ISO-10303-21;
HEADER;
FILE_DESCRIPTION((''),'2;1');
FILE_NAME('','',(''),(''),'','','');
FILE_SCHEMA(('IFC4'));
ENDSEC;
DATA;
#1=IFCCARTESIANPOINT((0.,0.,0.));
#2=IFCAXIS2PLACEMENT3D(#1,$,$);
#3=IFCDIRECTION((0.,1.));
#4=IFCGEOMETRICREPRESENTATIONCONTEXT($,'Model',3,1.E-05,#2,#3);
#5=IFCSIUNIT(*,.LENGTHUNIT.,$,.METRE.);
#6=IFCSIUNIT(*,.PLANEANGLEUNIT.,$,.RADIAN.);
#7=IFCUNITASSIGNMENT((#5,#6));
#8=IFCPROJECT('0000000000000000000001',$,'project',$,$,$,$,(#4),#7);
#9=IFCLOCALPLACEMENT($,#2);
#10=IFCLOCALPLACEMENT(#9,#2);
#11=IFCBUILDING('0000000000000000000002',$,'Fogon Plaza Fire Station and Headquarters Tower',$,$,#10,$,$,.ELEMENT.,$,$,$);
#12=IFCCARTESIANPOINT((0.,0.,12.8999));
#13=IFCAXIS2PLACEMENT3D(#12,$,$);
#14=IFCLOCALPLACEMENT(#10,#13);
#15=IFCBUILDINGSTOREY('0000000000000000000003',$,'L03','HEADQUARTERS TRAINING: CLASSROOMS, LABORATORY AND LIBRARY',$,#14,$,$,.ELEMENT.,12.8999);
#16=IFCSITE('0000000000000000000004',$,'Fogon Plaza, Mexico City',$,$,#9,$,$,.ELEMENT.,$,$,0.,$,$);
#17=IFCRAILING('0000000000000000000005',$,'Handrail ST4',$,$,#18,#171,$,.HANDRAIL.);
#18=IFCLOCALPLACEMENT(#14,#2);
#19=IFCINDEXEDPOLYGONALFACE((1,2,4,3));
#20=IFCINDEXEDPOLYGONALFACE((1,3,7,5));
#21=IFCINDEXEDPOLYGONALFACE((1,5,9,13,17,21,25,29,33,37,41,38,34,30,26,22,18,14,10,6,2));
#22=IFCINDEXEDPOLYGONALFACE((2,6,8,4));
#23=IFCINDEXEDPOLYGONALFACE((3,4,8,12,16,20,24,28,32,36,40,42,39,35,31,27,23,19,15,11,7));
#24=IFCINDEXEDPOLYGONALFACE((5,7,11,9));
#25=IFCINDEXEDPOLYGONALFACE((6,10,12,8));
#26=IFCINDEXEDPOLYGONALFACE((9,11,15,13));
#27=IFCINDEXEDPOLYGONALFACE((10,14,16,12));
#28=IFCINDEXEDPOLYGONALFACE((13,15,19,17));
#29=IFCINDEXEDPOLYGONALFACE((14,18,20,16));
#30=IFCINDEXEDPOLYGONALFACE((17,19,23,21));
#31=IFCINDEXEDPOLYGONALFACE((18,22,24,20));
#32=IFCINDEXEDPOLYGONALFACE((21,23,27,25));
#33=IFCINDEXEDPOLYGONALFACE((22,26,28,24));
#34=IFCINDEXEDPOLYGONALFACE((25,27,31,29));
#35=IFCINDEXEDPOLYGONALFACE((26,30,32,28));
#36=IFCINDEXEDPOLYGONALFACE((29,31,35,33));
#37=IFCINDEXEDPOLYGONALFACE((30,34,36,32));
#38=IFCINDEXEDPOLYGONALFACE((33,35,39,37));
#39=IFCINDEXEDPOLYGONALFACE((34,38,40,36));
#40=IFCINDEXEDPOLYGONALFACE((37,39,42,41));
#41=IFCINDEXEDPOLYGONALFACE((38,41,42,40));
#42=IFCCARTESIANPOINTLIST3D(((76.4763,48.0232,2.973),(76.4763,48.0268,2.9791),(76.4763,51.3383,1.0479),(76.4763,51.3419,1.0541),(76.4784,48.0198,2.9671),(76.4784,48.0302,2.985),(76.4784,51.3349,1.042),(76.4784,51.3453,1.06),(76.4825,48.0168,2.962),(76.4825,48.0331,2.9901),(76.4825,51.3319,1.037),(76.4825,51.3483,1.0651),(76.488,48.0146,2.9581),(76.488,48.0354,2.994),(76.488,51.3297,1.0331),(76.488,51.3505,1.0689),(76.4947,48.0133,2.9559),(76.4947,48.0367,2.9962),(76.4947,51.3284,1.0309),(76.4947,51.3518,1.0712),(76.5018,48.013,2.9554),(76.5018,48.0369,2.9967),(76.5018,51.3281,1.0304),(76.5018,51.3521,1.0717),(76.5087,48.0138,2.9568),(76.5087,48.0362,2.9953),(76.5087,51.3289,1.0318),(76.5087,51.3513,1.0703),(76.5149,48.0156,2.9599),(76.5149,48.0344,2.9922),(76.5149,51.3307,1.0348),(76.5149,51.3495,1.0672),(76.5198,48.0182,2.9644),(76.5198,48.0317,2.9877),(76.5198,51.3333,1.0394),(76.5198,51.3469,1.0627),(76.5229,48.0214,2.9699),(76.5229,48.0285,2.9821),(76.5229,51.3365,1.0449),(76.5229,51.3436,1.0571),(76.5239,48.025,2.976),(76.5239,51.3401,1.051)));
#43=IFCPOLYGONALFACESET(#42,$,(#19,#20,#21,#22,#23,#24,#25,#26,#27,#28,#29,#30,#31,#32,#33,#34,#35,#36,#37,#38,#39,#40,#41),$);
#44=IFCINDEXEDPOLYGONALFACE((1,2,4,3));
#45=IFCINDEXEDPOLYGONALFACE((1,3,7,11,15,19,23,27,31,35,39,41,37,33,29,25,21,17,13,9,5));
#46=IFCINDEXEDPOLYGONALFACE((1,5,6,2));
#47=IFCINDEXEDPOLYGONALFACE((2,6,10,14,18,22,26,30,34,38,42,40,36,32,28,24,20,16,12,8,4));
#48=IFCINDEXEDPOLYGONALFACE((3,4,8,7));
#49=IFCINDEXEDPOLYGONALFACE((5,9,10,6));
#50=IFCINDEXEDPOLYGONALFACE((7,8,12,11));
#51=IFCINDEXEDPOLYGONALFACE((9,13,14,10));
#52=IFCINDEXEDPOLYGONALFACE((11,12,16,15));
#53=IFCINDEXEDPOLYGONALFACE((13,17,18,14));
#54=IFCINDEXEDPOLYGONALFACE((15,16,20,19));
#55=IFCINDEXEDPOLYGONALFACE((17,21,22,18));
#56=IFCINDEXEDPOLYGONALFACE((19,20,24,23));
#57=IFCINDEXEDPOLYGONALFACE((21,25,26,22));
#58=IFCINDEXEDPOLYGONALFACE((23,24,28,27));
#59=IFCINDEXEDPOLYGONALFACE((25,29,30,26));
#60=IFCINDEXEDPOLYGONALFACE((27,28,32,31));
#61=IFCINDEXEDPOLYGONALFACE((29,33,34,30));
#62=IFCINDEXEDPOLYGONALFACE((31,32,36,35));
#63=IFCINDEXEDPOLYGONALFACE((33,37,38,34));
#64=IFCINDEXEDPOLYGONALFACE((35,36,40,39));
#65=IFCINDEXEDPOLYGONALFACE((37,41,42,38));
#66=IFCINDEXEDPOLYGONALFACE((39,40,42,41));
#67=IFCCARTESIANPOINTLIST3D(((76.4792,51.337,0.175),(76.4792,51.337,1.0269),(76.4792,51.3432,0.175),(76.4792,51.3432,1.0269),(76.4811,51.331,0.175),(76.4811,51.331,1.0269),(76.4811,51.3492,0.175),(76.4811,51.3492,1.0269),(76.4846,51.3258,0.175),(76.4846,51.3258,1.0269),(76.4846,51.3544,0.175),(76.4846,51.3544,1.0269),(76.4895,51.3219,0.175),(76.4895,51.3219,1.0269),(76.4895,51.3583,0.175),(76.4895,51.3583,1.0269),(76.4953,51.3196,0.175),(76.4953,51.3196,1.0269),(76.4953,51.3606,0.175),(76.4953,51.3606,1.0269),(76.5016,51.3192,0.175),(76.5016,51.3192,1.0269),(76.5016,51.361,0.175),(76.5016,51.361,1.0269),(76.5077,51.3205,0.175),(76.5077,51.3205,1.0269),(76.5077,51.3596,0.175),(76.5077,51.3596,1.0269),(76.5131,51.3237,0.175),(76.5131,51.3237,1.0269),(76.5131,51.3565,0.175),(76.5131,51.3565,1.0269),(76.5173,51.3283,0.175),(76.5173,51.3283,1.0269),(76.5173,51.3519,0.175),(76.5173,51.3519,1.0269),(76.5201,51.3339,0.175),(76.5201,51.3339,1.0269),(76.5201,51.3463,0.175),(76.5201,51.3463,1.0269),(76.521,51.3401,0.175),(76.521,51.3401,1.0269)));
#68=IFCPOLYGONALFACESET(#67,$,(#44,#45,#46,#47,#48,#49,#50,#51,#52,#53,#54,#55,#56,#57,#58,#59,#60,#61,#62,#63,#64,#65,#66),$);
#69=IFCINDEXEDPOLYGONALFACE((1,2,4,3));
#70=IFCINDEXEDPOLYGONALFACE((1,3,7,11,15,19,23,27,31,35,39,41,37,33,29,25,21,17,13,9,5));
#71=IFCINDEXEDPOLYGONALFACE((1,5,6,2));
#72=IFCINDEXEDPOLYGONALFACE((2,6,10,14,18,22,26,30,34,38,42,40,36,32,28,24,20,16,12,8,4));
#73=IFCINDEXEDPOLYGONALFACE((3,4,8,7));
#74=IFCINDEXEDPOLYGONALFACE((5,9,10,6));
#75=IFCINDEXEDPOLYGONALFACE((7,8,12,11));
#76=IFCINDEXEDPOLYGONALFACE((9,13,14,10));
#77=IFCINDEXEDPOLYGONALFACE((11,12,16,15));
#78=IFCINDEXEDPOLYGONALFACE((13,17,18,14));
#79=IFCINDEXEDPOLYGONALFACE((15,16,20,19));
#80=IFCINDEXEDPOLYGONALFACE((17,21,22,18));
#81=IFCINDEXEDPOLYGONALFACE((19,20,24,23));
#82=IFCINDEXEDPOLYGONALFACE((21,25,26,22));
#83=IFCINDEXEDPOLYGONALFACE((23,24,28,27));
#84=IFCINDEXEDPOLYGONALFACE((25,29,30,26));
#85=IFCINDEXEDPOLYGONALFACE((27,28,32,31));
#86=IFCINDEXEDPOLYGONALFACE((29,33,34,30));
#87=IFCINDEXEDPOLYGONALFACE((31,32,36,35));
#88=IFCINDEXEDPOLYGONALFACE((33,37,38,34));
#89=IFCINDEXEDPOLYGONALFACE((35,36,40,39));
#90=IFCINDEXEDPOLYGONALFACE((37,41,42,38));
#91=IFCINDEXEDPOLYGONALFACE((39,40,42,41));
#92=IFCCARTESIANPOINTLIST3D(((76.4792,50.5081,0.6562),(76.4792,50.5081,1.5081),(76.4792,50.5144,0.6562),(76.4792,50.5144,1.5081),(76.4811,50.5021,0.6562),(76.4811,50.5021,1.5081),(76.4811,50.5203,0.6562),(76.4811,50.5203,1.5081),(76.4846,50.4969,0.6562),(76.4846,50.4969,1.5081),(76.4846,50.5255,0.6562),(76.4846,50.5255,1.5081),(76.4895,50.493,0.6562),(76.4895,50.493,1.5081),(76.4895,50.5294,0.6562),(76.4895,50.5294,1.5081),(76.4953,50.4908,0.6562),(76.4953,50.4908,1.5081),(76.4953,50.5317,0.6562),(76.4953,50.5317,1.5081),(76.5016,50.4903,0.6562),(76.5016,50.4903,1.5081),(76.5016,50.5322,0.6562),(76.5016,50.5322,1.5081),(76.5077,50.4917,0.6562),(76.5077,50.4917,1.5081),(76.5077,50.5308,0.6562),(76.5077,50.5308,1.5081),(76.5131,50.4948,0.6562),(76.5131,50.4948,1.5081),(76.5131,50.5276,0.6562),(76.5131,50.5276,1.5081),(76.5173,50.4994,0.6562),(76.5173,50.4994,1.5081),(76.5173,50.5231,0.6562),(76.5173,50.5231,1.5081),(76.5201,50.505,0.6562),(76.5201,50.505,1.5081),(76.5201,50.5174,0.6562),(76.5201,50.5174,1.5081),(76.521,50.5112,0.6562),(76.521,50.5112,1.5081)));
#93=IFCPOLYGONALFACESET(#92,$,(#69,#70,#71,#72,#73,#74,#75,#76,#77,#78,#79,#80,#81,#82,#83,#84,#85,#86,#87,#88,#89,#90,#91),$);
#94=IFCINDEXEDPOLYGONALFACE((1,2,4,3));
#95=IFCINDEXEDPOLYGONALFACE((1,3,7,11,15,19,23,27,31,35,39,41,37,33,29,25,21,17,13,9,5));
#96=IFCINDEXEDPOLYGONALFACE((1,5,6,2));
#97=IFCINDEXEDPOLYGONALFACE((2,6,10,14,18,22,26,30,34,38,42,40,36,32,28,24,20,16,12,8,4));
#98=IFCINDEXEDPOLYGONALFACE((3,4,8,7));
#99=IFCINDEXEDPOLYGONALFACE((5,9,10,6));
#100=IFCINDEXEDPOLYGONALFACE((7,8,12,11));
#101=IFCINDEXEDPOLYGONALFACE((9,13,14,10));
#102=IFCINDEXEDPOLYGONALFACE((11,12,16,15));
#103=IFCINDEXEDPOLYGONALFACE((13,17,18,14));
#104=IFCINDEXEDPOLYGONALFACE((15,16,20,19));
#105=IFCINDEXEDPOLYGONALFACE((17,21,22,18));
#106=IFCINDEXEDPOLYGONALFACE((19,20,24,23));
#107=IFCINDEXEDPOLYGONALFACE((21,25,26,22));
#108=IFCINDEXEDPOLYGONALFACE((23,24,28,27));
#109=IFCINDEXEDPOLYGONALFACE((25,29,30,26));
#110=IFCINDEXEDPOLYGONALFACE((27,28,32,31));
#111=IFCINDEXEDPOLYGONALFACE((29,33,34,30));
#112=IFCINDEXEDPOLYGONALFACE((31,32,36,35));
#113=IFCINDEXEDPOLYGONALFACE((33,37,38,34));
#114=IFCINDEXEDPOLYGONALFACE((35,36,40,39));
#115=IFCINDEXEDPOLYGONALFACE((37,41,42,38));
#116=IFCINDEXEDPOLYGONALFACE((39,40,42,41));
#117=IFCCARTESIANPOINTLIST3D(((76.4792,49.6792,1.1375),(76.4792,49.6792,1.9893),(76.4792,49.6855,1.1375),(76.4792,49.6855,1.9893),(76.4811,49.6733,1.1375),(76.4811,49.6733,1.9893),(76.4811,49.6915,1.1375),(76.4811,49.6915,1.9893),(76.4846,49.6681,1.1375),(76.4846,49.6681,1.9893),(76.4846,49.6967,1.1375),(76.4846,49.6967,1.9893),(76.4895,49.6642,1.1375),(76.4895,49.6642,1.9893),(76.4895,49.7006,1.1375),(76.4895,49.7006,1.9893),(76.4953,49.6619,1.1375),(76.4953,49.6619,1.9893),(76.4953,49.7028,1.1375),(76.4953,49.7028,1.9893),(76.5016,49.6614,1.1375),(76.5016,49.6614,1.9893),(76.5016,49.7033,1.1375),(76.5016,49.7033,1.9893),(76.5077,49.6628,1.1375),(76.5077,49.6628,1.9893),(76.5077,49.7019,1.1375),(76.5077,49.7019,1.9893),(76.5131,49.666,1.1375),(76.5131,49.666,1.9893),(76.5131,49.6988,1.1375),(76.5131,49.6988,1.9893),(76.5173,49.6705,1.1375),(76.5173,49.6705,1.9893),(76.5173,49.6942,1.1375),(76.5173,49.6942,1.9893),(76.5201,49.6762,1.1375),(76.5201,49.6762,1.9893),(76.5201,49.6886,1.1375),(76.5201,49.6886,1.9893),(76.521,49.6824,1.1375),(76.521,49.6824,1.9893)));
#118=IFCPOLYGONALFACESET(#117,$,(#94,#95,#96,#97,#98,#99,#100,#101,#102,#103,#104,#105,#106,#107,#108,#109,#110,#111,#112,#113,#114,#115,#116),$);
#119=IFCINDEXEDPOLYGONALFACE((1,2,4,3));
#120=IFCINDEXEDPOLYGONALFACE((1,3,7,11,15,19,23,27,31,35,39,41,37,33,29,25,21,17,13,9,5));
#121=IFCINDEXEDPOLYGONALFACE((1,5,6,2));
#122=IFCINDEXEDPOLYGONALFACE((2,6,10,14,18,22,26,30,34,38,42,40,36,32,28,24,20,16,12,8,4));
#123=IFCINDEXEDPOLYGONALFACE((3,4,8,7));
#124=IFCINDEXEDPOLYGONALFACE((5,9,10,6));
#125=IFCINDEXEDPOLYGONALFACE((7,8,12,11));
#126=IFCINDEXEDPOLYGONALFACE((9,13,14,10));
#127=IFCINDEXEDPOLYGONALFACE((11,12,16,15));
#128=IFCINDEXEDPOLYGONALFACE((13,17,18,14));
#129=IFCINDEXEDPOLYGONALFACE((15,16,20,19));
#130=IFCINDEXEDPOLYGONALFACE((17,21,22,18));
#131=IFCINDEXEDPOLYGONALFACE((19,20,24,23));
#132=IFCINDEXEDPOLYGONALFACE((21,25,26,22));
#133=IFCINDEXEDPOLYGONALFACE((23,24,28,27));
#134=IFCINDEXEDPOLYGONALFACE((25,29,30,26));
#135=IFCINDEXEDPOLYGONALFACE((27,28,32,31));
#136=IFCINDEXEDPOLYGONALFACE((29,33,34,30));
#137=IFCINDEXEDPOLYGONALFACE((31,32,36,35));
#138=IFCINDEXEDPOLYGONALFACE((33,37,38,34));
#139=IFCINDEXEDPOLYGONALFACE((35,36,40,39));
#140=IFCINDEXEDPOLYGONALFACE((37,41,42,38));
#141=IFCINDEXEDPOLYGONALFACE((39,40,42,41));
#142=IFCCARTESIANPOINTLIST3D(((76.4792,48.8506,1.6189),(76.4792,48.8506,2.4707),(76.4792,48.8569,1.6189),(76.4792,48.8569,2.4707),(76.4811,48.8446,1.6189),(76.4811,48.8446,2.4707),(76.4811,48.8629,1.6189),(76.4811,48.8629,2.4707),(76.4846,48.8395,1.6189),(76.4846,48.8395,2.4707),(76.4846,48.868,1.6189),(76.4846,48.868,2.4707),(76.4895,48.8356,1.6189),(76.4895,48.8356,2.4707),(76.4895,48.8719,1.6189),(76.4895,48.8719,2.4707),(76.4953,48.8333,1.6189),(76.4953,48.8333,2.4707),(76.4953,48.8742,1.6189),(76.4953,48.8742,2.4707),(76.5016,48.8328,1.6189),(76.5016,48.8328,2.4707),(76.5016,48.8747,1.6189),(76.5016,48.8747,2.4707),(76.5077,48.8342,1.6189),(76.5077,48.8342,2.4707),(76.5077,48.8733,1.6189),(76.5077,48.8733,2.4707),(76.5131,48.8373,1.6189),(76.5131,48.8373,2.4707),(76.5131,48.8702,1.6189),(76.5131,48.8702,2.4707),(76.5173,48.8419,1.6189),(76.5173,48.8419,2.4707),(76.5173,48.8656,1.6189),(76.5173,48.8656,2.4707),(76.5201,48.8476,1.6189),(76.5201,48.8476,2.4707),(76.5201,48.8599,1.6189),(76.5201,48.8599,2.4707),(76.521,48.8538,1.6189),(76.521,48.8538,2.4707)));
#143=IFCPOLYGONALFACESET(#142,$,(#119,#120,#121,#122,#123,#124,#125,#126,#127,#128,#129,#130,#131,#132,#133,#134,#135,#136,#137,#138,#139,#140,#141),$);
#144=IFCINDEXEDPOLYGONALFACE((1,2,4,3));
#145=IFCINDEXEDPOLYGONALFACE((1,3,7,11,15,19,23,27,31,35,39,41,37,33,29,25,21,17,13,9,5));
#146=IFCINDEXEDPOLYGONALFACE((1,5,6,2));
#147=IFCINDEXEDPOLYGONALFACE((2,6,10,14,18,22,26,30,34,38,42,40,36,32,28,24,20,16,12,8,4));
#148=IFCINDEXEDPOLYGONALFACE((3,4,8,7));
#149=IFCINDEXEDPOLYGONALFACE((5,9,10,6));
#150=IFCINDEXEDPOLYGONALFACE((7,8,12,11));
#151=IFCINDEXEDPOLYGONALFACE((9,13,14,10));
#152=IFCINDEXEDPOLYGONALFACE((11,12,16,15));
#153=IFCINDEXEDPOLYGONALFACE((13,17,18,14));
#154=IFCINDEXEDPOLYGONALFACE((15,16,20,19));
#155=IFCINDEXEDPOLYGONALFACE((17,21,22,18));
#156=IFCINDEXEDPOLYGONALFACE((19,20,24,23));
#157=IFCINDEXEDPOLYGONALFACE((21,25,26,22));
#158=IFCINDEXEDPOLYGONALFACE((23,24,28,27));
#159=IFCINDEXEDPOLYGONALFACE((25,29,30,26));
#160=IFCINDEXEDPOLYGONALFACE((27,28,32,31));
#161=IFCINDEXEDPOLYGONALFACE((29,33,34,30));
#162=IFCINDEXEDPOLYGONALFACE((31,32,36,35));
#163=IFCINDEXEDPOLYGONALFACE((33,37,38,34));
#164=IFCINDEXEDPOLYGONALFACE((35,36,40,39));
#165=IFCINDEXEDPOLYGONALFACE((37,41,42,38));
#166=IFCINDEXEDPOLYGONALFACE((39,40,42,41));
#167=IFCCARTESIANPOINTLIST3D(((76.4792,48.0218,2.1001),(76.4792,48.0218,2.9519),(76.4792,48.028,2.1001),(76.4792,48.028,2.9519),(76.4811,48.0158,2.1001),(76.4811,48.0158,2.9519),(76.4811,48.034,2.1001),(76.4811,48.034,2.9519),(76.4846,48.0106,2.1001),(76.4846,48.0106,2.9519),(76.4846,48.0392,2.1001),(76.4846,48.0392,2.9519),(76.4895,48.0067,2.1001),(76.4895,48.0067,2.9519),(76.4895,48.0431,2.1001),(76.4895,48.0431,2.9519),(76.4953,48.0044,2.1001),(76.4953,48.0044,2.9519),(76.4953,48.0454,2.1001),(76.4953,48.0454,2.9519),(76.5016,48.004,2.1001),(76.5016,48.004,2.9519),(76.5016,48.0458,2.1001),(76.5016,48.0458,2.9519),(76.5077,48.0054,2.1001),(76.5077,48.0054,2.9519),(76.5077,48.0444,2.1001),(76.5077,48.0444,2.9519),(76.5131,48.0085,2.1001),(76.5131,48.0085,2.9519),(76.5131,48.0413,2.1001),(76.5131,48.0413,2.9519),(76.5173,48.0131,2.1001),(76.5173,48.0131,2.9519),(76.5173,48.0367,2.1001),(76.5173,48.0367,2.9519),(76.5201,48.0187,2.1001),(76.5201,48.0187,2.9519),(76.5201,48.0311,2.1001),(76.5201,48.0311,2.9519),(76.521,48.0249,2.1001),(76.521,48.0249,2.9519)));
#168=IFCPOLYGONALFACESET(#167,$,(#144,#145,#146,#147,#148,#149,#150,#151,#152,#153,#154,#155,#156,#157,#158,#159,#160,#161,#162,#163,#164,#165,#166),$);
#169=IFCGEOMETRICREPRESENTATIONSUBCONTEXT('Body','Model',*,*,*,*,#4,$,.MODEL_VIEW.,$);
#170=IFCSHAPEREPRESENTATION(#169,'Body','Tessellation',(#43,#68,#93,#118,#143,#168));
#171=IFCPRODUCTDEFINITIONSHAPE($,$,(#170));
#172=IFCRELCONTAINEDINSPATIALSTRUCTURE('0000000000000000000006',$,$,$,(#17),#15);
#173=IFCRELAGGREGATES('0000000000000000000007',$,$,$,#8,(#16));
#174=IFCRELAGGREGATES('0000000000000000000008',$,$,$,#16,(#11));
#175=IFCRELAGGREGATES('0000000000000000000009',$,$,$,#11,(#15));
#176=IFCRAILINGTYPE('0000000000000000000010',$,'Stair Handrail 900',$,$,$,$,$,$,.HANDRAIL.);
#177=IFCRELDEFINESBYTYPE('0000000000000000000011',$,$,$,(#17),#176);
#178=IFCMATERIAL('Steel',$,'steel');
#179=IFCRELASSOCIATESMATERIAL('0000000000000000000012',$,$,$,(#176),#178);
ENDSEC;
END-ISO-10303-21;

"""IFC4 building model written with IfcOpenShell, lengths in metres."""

from ifc_helpers import new_model, si_unit, direction, frame, origin, origin_2d, place, context, subcontext, project, spatial, circle, extrude, material, type_object, element, save


model = new_model("IFC4")

# Units and contexts
model_context = context("Model", 3, precision=1e-05, world=origin(), true_north=direction((0.0, 1.0)))
body_context = subcontext(model_context, "Body", "Model", "MODEL_VIEW")
ifc_project = project(units=[si_unit("LENGTHUNIT", "METRE"), si_unit("PLANEANGLEUNIT", "RADIAN")], contexts=[model_context])

# Site, building, storey
site_placement = place(None, origin())
site = spatial("IfcSite", under=ifc_project, at=site_placement, Name="Fogon Plaza, Mexico City", CompositionType="ELEMENT", RefElevation=0.0)
building_placement = place(site_placement, origin())
building = spatial("IfcBuilding", under=site, at=building_placement, Name="Fogon Plaza Fire Station and Headquarters Tower", CompositionType="ELEMENT")
storey_placement = place(building_placement, frame((0.0, 0.0, 12.8999)))
storey = spatial("IfcBuildingStorey", under=building, at=storey_placement, Name="L03", Description="HEADQUARTERS TRAINING: CLASSROOMS, LABORATORY AND LIBRARY", CompositionType="ELEMENT", Elevation=12.8999)

# Railing
ifc_material_1 = material(Name="Steel", Category="steel")
railing_type = type_object("IfcRailingType", Name="Stair Handrail 900", PredefinedType="HANDRAIL", material=ifc_material_1)
for number, where, name in (
    (1, (76.5, 51.3401, 0.175), "Handrail ST4"),
):
    element("IfcRailing", number, at=place(storey_placement, frame(where)), inside=storey, type_object=railing_type, Name=name, PredefinedType="HANDRAIL", context=body_context, shape_type="SweptSolid", body=[
        extrude(circle(Radius=0.0239, at=origin_2d()), frame((0.0, 0.0, 0.876), z_axis=(0.0, -0.864777, 0.502155), x_axis=(1.0, 0.0, 0.0)), (0.0, 0.0, 1.0), 3.8335),
        extrude(circle(Radius=0.021, at=origin_2d()), origin(), (0.0, 0.0, 1.0), 0.8518),
        extrude(circle(Radius=0.021, at=origin_2d()), frame((0.0, -0.8289, 0.4812)), (0.0, 0.0, 1.0), 0.8518),
        extrude(circle(Radius=0.021, at=origin_2d()), frame((0.0, -1.6577, 0.9624)), (0.0, 0.0, 1.0), 0.8518),
        extrude(circle(Radius=0.021, at=origin_2d()), frame((0.0, -2.4863, 1.4438)), (0.0, 0.0, 1.0), 0.8518),
        extrude(circle(Radius=0.021, at=origin_2d()), frame((0.0, -3.3152, 1.925)), (0.0, 0.0, 1.0), 0.8518),
    ])

save(model, "model.ifc")
